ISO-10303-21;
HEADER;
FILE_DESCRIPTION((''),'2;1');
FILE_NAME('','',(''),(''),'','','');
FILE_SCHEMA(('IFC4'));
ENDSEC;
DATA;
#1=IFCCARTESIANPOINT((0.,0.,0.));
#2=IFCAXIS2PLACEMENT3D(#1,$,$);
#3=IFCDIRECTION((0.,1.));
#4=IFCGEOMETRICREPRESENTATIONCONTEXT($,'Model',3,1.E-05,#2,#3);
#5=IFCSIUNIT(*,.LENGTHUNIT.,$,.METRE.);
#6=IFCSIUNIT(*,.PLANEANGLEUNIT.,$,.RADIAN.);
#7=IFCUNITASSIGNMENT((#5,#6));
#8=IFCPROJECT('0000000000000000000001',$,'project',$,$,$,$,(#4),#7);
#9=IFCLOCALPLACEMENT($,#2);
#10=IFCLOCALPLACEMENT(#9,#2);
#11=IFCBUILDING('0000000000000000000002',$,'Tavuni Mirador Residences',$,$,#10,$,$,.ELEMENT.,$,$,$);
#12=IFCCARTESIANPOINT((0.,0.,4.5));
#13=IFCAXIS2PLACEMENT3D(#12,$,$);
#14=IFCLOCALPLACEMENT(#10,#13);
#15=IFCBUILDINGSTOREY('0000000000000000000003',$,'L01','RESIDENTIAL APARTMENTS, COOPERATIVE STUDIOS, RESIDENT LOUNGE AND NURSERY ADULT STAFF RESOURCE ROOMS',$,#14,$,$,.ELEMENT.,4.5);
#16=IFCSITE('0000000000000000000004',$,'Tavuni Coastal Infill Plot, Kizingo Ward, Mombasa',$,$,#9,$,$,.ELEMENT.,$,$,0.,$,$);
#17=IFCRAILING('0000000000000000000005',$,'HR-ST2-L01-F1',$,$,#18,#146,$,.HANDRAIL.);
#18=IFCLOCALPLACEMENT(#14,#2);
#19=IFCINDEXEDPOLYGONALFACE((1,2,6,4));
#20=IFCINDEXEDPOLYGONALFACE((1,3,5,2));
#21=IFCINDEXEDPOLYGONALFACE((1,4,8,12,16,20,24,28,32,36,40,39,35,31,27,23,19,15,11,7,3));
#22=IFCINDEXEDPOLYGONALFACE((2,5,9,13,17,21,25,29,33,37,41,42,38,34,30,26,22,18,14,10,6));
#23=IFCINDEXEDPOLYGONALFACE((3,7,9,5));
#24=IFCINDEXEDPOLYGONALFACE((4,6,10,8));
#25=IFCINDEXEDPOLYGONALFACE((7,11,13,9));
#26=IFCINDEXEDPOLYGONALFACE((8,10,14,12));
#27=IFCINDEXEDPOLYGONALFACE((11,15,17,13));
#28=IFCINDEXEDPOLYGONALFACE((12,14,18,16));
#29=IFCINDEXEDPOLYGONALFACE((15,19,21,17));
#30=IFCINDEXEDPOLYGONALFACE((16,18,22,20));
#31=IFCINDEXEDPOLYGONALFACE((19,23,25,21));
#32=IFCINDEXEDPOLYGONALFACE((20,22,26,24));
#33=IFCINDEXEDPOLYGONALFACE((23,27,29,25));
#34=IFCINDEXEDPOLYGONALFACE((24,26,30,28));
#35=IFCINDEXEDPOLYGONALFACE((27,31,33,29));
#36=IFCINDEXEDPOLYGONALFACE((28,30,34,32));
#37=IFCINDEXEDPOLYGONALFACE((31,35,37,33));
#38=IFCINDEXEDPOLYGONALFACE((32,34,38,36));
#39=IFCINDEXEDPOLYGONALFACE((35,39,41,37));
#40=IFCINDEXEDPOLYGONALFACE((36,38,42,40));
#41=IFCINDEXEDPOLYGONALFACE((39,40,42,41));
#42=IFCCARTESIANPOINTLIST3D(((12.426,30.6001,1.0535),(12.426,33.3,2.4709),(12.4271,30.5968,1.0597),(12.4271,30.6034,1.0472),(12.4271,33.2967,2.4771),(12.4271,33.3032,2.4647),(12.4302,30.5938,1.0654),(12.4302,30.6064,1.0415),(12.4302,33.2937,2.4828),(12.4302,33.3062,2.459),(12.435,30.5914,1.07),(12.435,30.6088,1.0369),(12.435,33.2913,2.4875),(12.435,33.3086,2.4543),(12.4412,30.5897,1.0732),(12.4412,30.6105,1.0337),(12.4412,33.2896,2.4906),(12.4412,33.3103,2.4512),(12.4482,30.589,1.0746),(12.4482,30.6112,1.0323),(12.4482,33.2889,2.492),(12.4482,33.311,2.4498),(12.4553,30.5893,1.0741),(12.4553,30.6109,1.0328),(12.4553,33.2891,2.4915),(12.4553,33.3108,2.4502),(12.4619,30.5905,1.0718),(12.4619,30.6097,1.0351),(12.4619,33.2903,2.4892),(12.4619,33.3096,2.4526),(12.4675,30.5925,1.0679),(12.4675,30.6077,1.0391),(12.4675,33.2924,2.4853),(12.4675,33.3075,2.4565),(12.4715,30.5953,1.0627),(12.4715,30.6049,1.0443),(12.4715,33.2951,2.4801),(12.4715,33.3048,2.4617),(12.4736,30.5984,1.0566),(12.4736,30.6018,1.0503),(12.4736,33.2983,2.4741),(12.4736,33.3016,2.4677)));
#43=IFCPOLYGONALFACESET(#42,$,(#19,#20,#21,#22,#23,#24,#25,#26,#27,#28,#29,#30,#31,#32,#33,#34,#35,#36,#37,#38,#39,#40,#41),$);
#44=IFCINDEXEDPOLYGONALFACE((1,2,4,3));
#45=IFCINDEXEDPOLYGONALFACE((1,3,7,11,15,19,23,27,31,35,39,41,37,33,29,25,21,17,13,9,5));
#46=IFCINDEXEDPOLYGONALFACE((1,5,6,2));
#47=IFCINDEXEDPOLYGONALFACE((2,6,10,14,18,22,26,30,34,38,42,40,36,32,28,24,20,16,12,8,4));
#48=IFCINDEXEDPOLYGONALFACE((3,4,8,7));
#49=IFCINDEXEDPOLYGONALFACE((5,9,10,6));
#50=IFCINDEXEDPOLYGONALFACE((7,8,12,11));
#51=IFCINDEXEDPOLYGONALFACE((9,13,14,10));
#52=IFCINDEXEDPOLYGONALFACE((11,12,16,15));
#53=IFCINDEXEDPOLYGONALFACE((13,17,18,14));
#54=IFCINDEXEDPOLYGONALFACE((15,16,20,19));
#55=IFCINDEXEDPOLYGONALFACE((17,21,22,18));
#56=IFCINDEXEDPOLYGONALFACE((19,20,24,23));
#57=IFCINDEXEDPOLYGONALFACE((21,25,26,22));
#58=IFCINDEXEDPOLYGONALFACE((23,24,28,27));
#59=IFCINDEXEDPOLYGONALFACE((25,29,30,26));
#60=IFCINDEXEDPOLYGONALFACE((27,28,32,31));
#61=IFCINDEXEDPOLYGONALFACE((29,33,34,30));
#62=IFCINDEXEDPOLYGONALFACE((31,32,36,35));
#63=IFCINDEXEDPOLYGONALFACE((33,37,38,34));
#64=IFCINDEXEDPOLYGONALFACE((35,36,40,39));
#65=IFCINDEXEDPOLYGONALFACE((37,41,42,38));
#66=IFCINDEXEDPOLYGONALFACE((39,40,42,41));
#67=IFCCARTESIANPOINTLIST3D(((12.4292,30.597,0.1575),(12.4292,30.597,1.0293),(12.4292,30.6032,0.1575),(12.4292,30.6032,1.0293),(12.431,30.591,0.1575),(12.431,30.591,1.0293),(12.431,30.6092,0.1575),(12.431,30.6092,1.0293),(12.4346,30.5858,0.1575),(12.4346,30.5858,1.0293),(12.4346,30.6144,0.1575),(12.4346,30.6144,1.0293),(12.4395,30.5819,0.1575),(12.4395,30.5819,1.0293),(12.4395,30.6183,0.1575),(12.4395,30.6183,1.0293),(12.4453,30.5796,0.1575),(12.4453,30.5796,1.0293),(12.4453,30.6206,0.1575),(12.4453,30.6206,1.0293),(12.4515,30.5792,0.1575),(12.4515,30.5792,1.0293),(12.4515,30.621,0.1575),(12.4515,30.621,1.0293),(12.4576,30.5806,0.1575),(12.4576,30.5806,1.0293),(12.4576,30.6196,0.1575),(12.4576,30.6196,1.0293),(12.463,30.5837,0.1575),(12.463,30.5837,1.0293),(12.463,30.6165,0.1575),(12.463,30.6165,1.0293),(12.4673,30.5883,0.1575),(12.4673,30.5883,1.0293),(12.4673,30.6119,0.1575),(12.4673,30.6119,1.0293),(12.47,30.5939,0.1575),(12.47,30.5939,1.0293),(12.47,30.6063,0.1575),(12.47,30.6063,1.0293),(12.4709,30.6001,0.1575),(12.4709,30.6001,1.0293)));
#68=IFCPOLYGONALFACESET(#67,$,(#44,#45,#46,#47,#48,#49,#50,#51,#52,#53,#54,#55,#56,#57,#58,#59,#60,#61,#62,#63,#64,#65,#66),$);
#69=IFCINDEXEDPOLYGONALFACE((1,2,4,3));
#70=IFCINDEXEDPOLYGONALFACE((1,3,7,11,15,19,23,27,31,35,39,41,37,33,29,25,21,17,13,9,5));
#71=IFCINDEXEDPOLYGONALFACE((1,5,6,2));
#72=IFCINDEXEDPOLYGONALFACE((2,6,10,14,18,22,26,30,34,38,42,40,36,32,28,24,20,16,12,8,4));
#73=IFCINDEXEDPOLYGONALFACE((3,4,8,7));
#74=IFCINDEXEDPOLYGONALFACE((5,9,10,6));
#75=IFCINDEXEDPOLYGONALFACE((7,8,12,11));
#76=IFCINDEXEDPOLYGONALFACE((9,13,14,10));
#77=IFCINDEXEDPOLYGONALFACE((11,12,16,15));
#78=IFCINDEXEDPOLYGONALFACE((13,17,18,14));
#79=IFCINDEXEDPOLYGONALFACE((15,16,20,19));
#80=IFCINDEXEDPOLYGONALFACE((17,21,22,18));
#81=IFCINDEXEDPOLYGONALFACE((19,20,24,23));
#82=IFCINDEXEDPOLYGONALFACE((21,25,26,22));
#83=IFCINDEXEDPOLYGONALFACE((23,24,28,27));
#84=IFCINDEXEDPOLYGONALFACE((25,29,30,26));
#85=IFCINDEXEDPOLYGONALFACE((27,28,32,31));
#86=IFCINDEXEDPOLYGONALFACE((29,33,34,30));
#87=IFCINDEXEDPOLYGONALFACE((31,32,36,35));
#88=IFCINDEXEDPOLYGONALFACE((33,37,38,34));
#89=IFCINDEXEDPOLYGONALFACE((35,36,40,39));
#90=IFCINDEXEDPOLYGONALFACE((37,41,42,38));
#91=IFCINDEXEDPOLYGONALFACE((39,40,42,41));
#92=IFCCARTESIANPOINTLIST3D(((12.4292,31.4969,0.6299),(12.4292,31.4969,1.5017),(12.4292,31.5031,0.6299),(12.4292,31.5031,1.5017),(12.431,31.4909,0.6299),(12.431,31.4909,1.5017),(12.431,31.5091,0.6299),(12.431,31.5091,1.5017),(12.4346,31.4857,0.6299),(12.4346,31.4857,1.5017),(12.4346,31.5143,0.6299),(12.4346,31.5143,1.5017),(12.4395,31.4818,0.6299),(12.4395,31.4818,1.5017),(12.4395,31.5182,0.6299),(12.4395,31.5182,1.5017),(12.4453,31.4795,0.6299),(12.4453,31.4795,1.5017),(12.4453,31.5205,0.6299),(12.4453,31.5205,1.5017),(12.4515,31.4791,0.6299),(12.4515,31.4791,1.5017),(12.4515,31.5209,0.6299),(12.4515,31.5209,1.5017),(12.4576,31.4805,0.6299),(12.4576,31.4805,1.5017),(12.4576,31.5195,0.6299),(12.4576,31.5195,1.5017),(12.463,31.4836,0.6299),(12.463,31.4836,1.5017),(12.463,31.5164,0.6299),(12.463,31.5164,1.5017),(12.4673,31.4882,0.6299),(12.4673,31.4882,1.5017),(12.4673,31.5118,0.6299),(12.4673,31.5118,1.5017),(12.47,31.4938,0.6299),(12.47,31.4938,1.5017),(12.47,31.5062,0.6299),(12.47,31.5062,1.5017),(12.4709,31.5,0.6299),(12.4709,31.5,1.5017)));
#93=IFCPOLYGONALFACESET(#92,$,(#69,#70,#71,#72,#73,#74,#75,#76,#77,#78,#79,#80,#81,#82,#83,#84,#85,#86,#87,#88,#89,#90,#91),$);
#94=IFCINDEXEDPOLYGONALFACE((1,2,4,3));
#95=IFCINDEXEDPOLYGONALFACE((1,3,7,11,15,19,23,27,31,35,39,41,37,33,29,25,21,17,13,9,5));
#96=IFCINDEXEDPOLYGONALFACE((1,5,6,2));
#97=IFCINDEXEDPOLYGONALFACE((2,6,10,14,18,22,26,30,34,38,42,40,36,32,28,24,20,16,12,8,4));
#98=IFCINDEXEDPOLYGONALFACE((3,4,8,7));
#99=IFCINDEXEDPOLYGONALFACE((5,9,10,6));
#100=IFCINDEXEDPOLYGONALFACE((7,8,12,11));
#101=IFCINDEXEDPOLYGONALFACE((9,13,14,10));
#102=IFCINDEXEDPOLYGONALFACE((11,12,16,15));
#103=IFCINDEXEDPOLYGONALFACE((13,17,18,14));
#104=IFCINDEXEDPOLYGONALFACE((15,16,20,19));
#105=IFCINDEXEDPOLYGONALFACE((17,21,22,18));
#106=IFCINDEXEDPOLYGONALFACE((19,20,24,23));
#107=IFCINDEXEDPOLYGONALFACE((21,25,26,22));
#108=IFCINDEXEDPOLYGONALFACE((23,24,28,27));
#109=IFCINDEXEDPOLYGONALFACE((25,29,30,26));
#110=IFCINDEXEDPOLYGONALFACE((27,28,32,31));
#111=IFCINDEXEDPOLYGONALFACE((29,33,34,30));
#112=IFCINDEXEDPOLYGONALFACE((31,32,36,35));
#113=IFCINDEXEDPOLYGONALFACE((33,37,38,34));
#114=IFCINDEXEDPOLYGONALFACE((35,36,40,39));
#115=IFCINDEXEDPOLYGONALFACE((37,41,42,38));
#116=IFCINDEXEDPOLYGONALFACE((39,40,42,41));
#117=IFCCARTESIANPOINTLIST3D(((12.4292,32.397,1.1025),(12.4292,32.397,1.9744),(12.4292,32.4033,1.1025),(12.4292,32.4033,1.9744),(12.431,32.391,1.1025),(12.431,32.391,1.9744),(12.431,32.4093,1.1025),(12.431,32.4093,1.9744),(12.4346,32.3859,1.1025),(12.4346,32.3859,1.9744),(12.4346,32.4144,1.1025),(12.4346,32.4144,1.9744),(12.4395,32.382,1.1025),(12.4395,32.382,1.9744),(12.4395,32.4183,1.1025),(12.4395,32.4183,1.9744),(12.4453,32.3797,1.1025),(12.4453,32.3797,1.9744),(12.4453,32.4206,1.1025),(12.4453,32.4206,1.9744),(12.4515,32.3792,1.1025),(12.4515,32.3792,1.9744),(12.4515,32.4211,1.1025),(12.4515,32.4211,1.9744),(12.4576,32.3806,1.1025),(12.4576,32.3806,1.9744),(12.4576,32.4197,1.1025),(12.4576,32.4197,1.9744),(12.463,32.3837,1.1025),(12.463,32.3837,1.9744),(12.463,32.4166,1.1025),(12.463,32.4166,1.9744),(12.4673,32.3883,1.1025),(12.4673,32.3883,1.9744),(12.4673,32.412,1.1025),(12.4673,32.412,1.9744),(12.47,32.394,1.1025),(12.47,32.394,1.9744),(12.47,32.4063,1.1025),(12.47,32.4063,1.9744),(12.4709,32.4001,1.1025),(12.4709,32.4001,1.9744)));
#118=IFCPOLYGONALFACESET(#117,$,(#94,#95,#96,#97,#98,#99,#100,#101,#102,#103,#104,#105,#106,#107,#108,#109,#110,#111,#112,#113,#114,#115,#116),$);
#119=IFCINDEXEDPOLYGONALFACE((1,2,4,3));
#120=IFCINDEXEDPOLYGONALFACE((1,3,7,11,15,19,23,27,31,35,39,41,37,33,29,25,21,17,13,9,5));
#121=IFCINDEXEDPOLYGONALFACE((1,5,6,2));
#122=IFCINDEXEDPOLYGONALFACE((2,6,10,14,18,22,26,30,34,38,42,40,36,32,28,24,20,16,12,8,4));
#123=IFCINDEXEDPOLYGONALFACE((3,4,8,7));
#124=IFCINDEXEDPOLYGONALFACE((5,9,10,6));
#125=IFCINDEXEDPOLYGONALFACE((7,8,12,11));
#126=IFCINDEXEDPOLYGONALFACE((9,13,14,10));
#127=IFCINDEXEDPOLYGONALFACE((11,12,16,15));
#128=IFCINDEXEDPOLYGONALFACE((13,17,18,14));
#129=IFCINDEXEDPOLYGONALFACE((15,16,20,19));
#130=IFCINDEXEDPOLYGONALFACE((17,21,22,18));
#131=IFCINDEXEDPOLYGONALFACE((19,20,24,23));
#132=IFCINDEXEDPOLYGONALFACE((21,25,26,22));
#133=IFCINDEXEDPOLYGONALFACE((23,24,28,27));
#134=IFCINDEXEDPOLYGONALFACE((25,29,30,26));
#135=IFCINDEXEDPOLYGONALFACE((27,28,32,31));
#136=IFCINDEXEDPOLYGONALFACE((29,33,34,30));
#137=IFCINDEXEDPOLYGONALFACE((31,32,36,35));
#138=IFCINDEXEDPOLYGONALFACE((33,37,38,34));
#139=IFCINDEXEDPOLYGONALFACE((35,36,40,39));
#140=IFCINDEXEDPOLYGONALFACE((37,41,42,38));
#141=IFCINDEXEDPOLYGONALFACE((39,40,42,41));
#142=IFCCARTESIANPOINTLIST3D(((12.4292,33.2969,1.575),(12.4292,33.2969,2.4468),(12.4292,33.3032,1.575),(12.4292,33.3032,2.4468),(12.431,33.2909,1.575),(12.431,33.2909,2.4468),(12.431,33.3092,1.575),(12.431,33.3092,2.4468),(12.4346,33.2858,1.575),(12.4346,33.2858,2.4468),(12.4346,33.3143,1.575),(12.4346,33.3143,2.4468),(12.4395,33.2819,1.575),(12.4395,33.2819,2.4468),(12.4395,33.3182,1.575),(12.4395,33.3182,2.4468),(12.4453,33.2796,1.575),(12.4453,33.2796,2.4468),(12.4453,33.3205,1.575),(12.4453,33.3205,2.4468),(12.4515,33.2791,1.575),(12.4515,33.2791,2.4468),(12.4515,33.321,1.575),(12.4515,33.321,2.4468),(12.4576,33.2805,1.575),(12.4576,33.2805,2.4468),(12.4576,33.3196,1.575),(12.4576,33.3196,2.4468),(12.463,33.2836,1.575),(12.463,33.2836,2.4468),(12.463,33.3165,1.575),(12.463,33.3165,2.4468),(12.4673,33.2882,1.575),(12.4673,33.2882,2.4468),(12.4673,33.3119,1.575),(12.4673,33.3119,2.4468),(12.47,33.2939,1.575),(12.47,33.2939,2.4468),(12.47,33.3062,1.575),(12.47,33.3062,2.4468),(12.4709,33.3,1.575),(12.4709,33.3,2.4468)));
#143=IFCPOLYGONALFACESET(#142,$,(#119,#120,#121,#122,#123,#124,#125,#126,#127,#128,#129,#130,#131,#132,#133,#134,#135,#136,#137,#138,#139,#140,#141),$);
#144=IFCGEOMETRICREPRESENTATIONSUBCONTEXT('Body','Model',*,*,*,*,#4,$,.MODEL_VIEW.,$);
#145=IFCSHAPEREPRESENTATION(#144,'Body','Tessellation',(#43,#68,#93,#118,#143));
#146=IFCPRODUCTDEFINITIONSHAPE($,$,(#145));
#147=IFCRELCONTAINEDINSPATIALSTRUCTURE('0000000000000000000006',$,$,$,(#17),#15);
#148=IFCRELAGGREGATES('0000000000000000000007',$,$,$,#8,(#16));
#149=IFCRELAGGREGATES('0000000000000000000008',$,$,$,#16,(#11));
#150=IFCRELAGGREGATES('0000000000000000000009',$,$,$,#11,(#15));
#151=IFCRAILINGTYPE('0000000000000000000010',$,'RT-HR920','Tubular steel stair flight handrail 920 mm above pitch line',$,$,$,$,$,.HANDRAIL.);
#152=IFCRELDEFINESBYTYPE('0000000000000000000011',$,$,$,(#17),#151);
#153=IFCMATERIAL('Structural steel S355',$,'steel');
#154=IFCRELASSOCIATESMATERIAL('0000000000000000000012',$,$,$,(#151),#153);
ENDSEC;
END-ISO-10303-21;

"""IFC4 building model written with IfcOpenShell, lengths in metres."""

from ifc_helpers import new_model, si_unit, direction, frame, origin, origin_2d, place, context, subcontext, project, spatial, circle, extrude, material, type_object, element, save


model = new_model("IFC4")

# Units and contexts
model_context = context("Model", 3, precision=1e-05, world=origin(), true_north=direction((0.0, 1.0)))
body_context = subcontext(model_context, "Body", "Model", "MODEL_VIEW")
ifc_project = project(units=[si_unit("LENGTHUNIT", "METRE"), si_unit("PLANEANGLEUNIT", "RADIAN")], contexts=[model_context])

# Site, building, storey
site_placement = place(None, origin())
site = spatial("IfcSite", under=ifc_project, at=site_placement, Name="Tavuni Coastal Infill Plot, Kizingo Ward, Mombasa", CompositionType="ELEMENT", RefElevation=0.0)
building_placement = place(site_placement, origin())
building = spatial("IfcBuilding", under=site, at=building_placement, Name="Tavuni Mirador Residences", CompositionType="ELEMENT")
storey_placement = place(building_placement, frame((0.0, 0.0, 4.5)))
storey = spatial("IfcBuildingStorey", under=building, at=storey_placement, Name="L01", Description="RESIDENTIAL APARTMENTS, COOPERATIVE STUDIOS, RESIDENT LOUNGE AND NURSERY ADULT STAFF RESOURCE ROOMS", CompositionType="ELEMENT", Elevation=4.5)

# Shared definitions
ifc_material_1 = material(Name="Structural steel S355", Category="steel")

# Railing
railing_type_1 = type_object("IfcRailingType", Name="RT-HR920", Description="Tubular steel stair flight handrail 920 mm above pitch line", PredefinedType="HANDRAIL", material=ifc_material_1)
railing_1_placement = place(storey_placement, frame((12.45, 30.6001, 0.1575)))
element("IfcRailing", 1, at=railing_1_placement, inside=storey, type_object=railing_type_1, Name="HR-ST2-L01-F1", PredefinedType="HANDRAIL", context=body_context, shape_type="SweptSolid", body=[
    extrude(circle(Radius=0.0239, at=origin_2d()), frame((0.0, 0.0, 0.896), z_axis=(0.0, 0.885397, 0.464835), x_axis=(-1.0, 0.0, 0.0)), (0.0, 0.0, 1.0), 3.0493),
    extrude(circle(Radius=0.021, at=origin_2d()), origin(), (0.0, 0.0, 1.0), 0.8718),
    extrude(circle(Radius=0.021, at=origin_2d()), frame((0.0, 0.8999, 0.4724)), (0.0, 0.0, 1.0), 0.8718),
    extrude(circle(Radius=0.021, at=origin_2d()), frame((0.0, 1.8, 0.9451)), (0.0, 0.0, 1.0), 0.8718),
    extrude(circle(Radius=0.021, at=origin_2d()), frame((0.0, 2.7, 1.4175)), (0.0, 0.0, 1.0), 0.8718),
])

save(model, "model.ifc")
